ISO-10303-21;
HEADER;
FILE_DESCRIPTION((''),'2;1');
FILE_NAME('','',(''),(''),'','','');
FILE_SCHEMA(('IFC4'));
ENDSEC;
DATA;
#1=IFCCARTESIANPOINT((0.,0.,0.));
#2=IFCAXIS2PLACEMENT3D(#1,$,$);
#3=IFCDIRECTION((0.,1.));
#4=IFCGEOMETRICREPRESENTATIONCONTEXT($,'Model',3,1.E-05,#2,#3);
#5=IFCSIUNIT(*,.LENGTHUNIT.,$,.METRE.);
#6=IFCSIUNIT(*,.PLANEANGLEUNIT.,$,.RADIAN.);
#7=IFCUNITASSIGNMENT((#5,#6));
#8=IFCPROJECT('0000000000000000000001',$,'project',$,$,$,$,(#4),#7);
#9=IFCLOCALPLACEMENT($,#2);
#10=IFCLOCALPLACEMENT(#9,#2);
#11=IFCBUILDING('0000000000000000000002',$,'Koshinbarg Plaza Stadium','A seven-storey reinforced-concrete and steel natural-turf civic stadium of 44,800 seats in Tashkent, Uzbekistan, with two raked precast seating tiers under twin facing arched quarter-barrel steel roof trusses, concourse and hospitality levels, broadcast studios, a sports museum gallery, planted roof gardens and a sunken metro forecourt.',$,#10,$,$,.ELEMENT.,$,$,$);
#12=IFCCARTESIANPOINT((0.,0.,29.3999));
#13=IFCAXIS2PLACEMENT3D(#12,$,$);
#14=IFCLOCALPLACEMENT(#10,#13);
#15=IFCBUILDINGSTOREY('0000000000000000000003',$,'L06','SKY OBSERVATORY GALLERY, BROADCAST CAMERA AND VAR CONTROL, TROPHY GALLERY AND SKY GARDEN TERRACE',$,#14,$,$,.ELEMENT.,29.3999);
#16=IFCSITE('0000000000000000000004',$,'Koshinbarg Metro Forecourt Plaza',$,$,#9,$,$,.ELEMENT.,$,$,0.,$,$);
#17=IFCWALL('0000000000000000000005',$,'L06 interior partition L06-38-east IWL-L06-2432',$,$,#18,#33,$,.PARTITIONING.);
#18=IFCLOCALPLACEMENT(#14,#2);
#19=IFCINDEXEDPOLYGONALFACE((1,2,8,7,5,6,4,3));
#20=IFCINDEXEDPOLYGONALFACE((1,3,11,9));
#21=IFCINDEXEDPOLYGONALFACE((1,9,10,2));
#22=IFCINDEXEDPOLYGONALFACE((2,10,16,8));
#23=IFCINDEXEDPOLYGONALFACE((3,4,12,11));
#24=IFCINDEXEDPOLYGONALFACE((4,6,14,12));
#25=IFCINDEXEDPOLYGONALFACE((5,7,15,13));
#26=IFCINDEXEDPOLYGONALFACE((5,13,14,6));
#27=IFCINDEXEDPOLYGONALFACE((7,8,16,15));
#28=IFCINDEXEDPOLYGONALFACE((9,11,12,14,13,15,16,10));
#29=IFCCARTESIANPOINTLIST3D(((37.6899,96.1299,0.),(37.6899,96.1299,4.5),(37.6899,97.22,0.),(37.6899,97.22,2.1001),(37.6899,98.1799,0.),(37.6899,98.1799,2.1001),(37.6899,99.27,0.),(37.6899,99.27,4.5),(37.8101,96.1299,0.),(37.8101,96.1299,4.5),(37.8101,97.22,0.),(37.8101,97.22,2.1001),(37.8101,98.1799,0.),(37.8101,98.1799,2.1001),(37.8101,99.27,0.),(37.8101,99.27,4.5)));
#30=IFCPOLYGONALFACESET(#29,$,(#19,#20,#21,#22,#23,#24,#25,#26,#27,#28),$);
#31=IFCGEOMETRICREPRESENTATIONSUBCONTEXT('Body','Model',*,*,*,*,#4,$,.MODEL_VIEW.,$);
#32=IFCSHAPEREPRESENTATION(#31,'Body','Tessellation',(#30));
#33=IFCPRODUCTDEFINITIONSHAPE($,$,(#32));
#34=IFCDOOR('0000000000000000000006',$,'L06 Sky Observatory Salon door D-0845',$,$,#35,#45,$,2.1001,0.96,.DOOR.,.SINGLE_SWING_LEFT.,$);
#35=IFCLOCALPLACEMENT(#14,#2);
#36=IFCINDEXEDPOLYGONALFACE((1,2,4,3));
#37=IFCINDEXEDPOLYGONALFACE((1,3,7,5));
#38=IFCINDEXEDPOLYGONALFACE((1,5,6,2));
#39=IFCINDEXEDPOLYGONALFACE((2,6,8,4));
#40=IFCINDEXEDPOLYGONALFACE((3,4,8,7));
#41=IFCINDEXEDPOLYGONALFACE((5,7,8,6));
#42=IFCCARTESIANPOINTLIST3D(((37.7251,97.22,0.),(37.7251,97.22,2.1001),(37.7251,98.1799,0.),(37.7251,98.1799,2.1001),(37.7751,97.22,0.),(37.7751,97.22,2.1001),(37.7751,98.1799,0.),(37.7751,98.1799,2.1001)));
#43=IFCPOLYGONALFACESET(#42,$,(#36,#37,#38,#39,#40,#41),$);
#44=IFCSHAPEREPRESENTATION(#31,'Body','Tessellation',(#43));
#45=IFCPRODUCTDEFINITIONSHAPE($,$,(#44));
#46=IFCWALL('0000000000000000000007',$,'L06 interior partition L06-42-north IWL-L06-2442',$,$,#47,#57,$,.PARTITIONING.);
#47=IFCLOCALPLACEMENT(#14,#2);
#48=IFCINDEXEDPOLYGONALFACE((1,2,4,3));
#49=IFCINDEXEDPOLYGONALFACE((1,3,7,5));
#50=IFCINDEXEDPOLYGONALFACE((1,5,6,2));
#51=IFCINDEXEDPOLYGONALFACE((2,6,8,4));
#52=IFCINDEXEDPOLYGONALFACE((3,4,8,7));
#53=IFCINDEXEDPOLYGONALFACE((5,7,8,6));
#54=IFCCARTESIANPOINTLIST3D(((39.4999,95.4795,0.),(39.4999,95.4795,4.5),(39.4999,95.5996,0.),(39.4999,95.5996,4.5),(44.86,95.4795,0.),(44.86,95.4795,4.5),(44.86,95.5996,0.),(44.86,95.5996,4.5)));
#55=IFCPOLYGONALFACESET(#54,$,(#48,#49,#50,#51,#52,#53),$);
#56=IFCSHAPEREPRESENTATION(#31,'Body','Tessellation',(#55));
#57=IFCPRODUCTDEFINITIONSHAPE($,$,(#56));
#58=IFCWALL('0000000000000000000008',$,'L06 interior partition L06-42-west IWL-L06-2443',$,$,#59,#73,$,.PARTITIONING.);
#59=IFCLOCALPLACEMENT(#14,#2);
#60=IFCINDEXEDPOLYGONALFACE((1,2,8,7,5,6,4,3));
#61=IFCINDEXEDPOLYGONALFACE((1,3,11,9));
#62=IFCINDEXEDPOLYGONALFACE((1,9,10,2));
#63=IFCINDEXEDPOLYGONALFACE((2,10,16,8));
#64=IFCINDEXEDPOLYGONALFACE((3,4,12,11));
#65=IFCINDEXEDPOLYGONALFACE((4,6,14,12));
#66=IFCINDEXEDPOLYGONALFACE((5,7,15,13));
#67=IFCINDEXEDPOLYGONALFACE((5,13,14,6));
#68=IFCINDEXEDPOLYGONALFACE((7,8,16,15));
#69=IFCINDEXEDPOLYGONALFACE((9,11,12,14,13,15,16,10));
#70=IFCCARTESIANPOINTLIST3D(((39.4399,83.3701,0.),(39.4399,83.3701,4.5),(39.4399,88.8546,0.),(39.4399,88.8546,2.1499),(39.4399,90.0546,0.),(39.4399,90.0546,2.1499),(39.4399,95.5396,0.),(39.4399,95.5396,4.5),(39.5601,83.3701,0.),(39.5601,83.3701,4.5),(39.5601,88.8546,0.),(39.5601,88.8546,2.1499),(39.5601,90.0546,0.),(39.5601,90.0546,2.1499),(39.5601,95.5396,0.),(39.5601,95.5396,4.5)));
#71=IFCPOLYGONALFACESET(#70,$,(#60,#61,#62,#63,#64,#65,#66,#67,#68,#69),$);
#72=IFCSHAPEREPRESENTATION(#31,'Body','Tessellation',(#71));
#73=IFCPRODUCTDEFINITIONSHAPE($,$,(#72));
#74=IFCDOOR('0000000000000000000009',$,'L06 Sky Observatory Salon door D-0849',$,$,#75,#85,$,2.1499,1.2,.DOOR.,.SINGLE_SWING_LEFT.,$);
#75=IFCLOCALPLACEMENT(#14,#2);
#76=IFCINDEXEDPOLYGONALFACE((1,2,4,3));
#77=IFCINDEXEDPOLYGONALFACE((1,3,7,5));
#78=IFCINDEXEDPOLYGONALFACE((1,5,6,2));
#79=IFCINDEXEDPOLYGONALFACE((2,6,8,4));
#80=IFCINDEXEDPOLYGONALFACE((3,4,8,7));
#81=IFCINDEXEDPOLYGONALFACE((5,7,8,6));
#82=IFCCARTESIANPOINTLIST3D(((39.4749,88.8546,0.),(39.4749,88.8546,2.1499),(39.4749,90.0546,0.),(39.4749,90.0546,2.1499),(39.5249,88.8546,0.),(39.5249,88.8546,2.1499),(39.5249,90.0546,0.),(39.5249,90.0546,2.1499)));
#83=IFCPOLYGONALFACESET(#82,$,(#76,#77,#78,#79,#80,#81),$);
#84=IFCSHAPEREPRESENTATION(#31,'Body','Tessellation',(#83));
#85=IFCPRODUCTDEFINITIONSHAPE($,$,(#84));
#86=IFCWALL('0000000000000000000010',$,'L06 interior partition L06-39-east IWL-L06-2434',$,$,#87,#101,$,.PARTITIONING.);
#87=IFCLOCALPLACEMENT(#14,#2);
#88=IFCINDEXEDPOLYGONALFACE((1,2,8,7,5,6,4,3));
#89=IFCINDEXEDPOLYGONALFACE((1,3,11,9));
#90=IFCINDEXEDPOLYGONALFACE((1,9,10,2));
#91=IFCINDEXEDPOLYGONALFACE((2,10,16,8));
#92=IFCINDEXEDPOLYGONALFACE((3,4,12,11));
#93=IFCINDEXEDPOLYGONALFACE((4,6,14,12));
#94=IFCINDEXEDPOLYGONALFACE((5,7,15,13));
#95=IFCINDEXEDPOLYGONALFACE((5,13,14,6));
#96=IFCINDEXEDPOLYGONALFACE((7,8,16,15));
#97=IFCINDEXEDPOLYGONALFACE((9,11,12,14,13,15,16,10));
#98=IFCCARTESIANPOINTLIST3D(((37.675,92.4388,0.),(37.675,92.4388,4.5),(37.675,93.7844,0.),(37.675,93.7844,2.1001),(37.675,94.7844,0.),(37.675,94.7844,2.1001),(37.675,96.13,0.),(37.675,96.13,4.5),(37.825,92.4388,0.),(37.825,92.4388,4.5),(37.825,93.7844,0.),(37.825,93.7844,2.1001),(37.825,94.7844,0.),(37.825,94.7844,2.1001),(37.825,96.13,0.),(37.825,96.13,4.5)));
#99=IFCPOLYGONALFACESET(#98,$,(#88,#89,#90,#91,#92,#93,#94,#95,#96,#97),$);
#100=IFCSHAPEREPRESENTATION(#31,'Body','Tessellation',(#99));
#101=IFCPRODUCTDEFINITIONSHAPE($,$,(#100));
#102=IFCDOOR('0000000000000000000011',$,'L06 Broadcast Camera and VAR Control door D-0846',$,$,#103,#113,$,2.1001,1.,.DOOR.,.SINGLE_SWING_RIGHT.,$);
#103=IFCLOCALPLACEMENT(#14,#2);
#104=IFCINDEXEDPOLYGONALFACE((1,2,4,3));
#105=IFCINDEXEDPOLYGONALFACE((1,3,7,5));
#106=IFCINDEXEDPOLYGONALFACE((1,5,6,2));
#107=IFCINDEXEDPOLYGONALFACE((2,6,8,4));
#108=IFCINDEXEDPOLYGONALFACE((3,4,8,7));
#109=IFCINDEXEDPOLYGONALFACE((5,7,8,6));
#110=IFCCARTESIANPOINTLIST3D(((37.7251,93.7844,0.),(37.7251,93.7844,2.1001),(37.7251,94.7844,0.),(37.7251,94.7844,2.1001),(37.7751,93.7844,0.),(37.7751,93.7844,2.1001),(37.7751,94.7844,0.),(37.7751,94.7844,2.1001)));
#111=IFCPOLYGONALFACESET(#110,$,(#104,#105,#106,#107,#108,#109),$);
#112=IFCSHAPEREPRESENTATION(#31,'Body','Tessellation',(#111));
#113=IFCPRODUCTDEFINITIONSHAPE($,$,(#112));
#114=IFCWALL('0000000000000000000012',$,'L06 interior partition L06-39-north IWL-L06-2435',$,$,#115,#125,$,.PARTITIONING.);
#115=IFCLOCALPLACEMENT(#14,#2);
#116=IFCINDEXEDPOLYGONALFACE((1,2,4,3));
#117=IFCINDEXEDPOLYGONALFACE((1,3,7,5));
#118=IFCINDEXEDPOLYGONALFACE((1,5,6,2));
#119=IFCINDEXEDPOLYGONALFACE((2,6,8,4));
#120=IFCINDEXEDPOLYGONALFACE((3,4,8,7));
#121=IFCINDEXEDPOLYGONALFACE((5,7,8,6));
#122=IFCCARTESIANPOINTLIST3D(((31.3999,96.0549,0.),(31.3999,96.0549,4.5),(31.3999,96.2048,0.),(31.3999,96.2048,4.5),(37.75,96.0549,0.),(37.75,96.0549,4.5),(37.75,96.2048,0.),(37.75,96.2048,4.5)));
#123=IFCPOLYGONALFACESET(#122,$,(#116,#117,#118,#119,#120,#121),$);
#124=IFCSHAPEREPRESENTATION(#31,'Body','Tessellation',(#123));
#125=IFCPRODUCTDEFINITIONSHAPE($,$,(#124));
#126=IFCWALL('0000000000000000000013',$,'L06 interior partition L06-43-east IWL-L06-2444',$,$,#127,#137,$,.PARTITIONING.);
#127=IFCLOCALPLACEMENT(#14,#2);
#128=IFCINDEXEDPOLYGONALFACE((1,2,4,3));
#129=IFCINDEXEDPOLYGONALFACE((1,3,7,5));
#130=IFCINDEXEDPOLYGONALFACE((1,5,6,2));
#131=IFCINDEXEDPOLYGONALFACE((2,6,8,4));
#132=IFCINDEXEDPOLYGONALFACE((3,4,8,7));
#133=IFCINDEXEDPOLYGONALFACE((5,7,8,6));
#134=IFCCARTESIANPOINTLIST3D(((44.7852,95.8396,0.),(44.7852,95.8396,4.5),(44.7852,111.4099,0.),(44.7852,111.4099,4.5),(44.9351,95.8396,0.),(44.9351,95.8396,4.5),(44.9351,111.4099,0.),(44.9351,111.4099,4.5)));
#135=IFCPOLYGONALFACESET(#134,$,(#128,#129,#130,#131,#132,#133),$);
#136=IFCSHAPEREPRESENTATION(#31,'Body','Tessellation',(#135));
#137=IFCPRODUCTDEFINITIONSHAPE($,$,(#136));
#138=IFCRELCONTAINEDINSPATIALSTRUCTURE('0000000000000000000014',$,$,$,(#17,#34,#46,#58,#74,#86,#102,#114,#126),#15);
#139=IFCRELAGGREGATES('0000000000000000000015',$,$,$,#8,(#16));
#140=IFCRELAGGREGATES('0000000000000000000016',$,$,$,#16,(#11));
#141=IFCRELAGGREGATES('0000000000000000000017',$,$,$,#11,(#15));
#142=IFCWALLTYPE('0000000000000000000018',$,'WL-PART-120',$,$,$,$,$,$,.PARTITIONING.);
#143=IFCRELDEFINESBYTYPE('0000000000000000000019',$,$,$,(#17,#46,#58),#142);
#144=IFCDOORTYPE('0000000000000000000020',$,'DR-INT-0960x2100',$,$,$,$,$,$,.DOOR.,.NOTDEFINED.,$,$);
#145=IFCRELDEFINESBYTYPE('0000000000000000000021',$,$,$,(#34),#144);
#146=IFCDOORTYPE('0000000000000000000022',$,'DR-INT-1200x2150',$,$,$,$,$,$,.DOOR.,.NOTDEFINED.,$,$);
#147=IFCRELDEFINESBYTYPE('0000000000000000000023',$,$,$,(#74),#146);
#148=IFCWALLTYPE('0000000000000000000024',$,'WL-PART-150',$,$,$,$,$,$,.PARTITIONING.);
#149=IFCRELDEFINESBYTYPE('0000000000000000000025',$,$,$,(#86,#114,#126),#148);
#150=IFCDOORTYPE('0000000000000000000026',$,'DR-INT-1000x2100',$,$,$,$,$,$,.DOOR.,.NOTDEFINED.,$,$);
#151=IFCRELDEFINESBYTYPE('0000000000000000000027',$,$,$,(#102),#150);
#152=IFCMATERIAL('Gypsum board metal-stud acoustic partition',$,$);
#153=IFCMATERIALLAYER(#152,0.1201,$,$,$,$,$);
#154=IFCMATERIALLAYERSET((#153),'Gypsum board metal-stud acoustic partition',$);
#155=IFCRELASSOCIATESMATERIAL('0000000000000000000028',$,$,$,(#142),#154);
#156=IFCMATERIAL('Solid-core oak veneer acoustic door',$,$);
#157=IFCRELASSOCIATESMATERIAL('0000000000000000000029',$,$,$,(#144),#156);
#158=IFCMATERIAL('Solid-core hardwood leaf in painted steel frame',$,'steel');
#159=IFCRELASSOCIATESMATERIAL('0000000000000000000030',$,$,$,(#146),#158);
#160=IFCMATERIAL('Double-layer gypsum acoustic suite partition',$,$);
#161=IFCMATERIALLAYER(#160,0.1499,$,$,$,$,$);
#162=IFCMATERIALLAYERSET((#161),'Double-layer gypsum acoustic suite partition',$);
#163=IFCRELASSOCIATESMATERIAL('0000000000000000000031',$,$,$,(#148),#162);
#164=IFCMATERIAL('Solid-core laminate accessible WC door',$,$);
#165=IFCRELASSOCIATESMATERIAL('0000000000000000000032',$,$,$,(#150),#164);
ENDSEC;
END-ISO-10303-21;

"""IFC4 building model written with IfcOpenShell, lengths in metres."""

from ifc_helpers import new_model, si_unit, direction, frame, frame_2d, origin, place, context, subcontext, project, spatial, rectangle, extrude, material, layer, layer_set, type_object, element, fill, save


model = new_model("IFC4")

# Units and contexts
model_context = context("Model", 3, precision=1e-05, world=origin(), true_north=direction((0.0, 1.0)))
body_context = subcontext(model_context, "Body", "Model", "MODEL_VIEW")
ifc_project = project(units=[si_unit("LENGTHUNIT", "METRE"), si_unit("PLANEANGLEUNIT", "RADIAN")], contexts=[model_context])

# Site, building, storey
site_placement = place(None, origin())
site = spatial("IfcSite", under=ifc_project, at=site_placement, Name="Koshinbarg Metro Forecourt Plaza", CompositionType="ELEMENT", RefElevation=0.0)
building_placement = place(site_placement, origin())
building = spatial("IfcBuilding", under=site, at=building_placement, Name="Koshinbarg Plaza Stadium", Description="A seven-storey reinforced-concrete and steel natural-turf civic stadium of 44,800 seats in Tashkent, Uzbekistan, with two raked precast seating tiers under twin facing arched quarter-barrel steel roof trusses, concourse and hospitality levels, broadcast studios, a sports museum gallery, planted roof gardens and a sunken metro forecourt.", CompositionType="ELEMENT")
storey_placement = place(building_placement, frame((0.0, 0.0, 29.3999)))
storey = spatial("IfcBuildingStorey", under=building, at=storey_placement, Name="L06", Description="SKY OBSERVATORY GALLERY, BROADCAST CAMERA AND VAR CONTROL, TROPHY GALLERY AND SKY GARDEN TERRACE", CompositionType="ELEMENT", Elevation=29.3999)

# Shared definitions
ifc_material_1 = material(Name="Gypsum board metal-stud acoustic partition")
ifc_layer_1 = layer(ifc_material_1, 0.1201)
ifc_layer_set_1 = layer_set([ifc_layer_1], Name="Gypsum board metal-stud acoustic partition")
wall_type_1 = type_object("IfcWallType", Name="WL-PART-120", PredefinedType="PARTITIONING", material=ifc_layer_set_1)

# Wall, opening, door
wall_1_placement = place(storey_placement, frame((37.75, 96.1299, 0.0), z_axis=(0.0, 0.0, 1.0), x_axis=(0.0, 1.0, 0.0)))
wall_1 = element("IfcWall", 1, at=wall_1_placement, inside=storey, type_object=wall_type_1, Name="L06 interior partition L06-38-east IWL-L06-2432", PredefinedType="PARTITIONING", context=body_context, shape_type="SweptSolid", body=[
    extrude(rectangle(XDim=3.1401, YDim=0.1201, at=frame_2d((1.5701, 0.0))), origin(), (0.0, 0.0, 1.0), 4.5),
])
opening_1_placement = place(wall_1_placement, frame((1.0901, 0.0, 0.0)))
opening_1 = element("IfcOpeningElement", 2, at=opening_1_placement, cuts=wall_1, PredefinedType="OPENING", context=body_context, shape_type="SweptSolid", body=[
    extrude(rectangle(XDim=0.96, YDim=2.1001, at=frame_2d((0.48, 1.05))), frame((0.0, 0.0701, 0.0), z_axis=(0.0, -1.0, 0.0), x_axis=(1.0, 0.0, 0.0)), (0.0, 0.0, 1.0), 0.1401),
])
ifc_material_2 = material(Name="Solid-core oak veneer acoustic door")
door_type_1 = type_object("IfcDoorType", Name="DR-INT-0960x2100", OperationType="NOTDEFINED", PredefinedType="DOOR", material=ifc_material_2)
door_1_placement = place(opening_1_placement, origin())
door_1 = element("IfcDoor", 3, at=door_1_placement, inside=storey, type_object=door_type_1, Name="L06 Sky Observatory Salon door D-0845", OperationType="SINGLE_SWING_LEFT", OverallHeight=2.1001, OverallWidth=0.96, PredefinedType="DOOR", context=body_context, shape_type="SweptSolid", body=[
    extrude(rectangle(XDim=0.96, YDim=2.1001, at=frame_2d((0.48, 1.05))), frame((0.0, 0.0249, 0.0), z_axis=(0.0, -1.0, 0.0), x_axis=(1.0, 0.0, 0.0)), (0.0, 0.0, 1.0), 0.05),
])
fill(opening_1, door_1)

# Wall
wall_2_placement = place(storey_placement, frame((44.8601, 95.5396, 0.0), z_axis=(0.0, 0.0, 1.0), x_axis=(-1.0, 0.0, 0.0)))
element("IfcWall", 4, at=wall_2_placement, inside=storey, type_object=wall_type_1, Name="L06 interior partition L06-42-north IWL-L06-2442", PredefinedType="PARTITIONING", context=body_context, shape_type="SweptSolid", body=[
    extrude(rectangle(XDim=5.3601, YDim=0.1201, at=frame_2d((2.6802, 0.0))), origin(), (0.0, 0.0, 1.0), 4.5),
])

# Walls, openings, doors
wall_3_placement = place(storey_placement, frame((39.5, 95.5396, 0.0), z_axis=(0.0, 0.0, 1.0), x_axis=(0.0, -1.0, 0.0)))
wall_3 = element("IfcWall", 5, at=wall_3_placement, inside=storey, type_object=wall_type_1, Name="L06 interior partition L06-42-west IWL-L06-2443", PredefinedType="PARTITIONING", context=body_context, shape_type="SweptSolid", body=[
    extrude(rectangle(XDim=12.1694, YDim=0.1201, at=frame_2d((6.0847, 0.0))), origin(), (0.0, 0.0, 1.0), 4.5),
])
opening_2_placement = place(wall_3_placement, frame((5.4849, 0.0, 0.0)))
opening_2 = element("IfcOpeningElement", 6, at=opening_2_placement, cuts=wall_3, PredefinedType="OPENING", context=body_context, shape_type="SweptSolid", body=[
    extrude(rectangle(XDim=1.2, YDim=2.1499, at=frame_2d((0.6001, 1.075))), frame((0.0, 0.0701, 0.0), z_axis=(0.0, -1.0, 0.0), x_axis=(1.0, 0.0, 0.0)), (0.0, 0.0, 1.0), 0.1401),
])
ifc_material_3 = material(Name="Solid-core hardwood leaf in painted steel frame", Category="steel")
door_type_2 = type_object("IfcDoorType", Name="DR-INT-1200x2150", OperationType="NOTDEFINED", PredefinedType="DOOR", material=ifc_material_3)
door_2_placement = place(opening_2_placement, origin())
door_2 = element("IfcDoor", 7, at=door_2_placement, inside=storey, type_object=door_type_2, Name="L06 Sky Observatory Salon door D-0849", OperationType="SINGLE_SWING_LEFT", OverallHeight=2.1499, OverallWidth=1.2, PredefinedType="DOOR", context=body_context, shape_type="SweptSolid", body=[
    extrude(rectangle(XDim=1.2, YDim=2.1499, at=frame_2d((0.6001, 1.075))), frame((0.0, 0.0249, 0.0), z_axis=(0.0, -1.0, 0.0), x_axis=(1.0, 0.0, 0.0)), (0.0, 0.0, 1.0), 0.05),
])
fill(opening_2, door_2)
ifc_material_4 = material(Name="Double-layer gypsum acoustic suite partition")
ifc_layer_2 = layer(ifc_material_4, 0.1499)
ifc_layer_set_2 = layer_set([ifc_layer_2], Name="Double-layer gypsum acoustic suite partition")
wall_type_2 = type_object("IfcWallType", Name="WL-PART-150", PredefinedType="PARTITIONING", material=ifc_layer_set_2)
wall_4_placement = place(storey_placement, frame((37.75, 92.4387, 0.0), z_axis=(0.0, 0.0, 1.0), x_axis=(0.0, 1.0, 0.0)))
wall_4 = element("IfcWall", 8, at=wall_4_placement, inside=storey, type_object=wall_type_2, Name="L06 interior partition L06-39-east IWL-L06-2434", PredefinedType="PARTITIONING", context=body_context, shape_type="SweptSolid", body=[
    extrude(rectangle(XDim=3.6912, YDim=0.1499, at=frame_2d((1.8457, 0.0))), origin(), (0.0, 0.0, 1.0), 4.5),
])
opening_3_placement = place(wall_4_placement, frame((1.3457, 0.0, 0.0)))
opening_3 = element("IfcOpeningElement", 9, at=opening_3_placement, cuts=wall_4, PredefinedType="OPENING", context=body_context, shape_type="SweptSolid", body=[
    extrude(rectangle(XDim=1.0, YDim=2.1001, at=frame_2d((0.5, 1.05))), frame((0.0, 0.085, 0.0), z_axis=(0.0, -1.0, 0.0), x_axis=(1.0, 0.0, 0.0)), (0.0, 0.0, 1.0), 0.1699),
])
ifc_material_5 = material(Name="Solid-core laminate accessible WC door")
door_type_3 = type_object("IfcDoorType", Name="DR-INT-1000x2100", OperationType="NOTDEFINED", PredefinedType="DOOR", material=ifc_material_5)
door_3_placement = place(opening_3_placement, origin())
door_3 = element("IfcDoor", 10, at=door_3_placement, inside=storey, type_object=door_type_3, Name="L06 Broadcast Camera and VAR Control door D-0846", OperationType="SINGLE_SWING_RIGHT", OverallHeight=2.1001, OverallWidth=1.0, PredefinedType="DOOR", context=body_context, shape_type="SweptSolid", body=[
    extrude(rectangle(XDim=1.0, YDim=2.1001, at=frame_2d((0.5, 1.05))), frame((0.0, 0.0249, 0.0), z_axis=(0.0, -1.0, 0.0), x_axis=(1.0, 0.0, 0.0)), (0.0, 0.0, 1.0), 0.05),
])
fill(opening_3, door_3)

# Walls
wall_5_placement = place(storey_placement, frame((37.75, 96.1299, 0.0), z_axis=(0.0, 0.0, 1.0), x_axis=(-1.0, 0.0, 0.0)))
element("IfcWall", 11, at=wall_5_placement, inside=storey, type_object=wall_type_2, Name="L06 interior partition L06-39-north IWL-L06-2435", PredefinedType="PARTITIONING", context=body_context, shape_type="SweptSolid", body=[
    extrude(rectangle(XDim=6.3501, YDim=0.1499, at=frame_2d((3.175, 0.0))), origin(), (0.0, 0.0, 1.0), 4.5),
])
wall_6_placement = place(storey_placement, frame((44.8601, 95.8396, 0.0), z_axis=(0.0, 0.0, 1.0), x_axis=(0.0, 1.0, 0.0)))
element("IfcWall", 12, at=wall_6_placement, inside=storey, type_object=wall_type_2, Name="L06 interior partition L06-43-east IWL-L06-2444", PredefinedType="PARTITIONING", context=body_context, shape_type="SweptSolid", body=[
    extrude(rectangle(XDim=15.5703, YDim=0.1499, at=frame_2d((7.7852, 0.0))), origin(), (0.0, 0.0, 1.0), 4.5),
])

save(model, "model.ifc")
